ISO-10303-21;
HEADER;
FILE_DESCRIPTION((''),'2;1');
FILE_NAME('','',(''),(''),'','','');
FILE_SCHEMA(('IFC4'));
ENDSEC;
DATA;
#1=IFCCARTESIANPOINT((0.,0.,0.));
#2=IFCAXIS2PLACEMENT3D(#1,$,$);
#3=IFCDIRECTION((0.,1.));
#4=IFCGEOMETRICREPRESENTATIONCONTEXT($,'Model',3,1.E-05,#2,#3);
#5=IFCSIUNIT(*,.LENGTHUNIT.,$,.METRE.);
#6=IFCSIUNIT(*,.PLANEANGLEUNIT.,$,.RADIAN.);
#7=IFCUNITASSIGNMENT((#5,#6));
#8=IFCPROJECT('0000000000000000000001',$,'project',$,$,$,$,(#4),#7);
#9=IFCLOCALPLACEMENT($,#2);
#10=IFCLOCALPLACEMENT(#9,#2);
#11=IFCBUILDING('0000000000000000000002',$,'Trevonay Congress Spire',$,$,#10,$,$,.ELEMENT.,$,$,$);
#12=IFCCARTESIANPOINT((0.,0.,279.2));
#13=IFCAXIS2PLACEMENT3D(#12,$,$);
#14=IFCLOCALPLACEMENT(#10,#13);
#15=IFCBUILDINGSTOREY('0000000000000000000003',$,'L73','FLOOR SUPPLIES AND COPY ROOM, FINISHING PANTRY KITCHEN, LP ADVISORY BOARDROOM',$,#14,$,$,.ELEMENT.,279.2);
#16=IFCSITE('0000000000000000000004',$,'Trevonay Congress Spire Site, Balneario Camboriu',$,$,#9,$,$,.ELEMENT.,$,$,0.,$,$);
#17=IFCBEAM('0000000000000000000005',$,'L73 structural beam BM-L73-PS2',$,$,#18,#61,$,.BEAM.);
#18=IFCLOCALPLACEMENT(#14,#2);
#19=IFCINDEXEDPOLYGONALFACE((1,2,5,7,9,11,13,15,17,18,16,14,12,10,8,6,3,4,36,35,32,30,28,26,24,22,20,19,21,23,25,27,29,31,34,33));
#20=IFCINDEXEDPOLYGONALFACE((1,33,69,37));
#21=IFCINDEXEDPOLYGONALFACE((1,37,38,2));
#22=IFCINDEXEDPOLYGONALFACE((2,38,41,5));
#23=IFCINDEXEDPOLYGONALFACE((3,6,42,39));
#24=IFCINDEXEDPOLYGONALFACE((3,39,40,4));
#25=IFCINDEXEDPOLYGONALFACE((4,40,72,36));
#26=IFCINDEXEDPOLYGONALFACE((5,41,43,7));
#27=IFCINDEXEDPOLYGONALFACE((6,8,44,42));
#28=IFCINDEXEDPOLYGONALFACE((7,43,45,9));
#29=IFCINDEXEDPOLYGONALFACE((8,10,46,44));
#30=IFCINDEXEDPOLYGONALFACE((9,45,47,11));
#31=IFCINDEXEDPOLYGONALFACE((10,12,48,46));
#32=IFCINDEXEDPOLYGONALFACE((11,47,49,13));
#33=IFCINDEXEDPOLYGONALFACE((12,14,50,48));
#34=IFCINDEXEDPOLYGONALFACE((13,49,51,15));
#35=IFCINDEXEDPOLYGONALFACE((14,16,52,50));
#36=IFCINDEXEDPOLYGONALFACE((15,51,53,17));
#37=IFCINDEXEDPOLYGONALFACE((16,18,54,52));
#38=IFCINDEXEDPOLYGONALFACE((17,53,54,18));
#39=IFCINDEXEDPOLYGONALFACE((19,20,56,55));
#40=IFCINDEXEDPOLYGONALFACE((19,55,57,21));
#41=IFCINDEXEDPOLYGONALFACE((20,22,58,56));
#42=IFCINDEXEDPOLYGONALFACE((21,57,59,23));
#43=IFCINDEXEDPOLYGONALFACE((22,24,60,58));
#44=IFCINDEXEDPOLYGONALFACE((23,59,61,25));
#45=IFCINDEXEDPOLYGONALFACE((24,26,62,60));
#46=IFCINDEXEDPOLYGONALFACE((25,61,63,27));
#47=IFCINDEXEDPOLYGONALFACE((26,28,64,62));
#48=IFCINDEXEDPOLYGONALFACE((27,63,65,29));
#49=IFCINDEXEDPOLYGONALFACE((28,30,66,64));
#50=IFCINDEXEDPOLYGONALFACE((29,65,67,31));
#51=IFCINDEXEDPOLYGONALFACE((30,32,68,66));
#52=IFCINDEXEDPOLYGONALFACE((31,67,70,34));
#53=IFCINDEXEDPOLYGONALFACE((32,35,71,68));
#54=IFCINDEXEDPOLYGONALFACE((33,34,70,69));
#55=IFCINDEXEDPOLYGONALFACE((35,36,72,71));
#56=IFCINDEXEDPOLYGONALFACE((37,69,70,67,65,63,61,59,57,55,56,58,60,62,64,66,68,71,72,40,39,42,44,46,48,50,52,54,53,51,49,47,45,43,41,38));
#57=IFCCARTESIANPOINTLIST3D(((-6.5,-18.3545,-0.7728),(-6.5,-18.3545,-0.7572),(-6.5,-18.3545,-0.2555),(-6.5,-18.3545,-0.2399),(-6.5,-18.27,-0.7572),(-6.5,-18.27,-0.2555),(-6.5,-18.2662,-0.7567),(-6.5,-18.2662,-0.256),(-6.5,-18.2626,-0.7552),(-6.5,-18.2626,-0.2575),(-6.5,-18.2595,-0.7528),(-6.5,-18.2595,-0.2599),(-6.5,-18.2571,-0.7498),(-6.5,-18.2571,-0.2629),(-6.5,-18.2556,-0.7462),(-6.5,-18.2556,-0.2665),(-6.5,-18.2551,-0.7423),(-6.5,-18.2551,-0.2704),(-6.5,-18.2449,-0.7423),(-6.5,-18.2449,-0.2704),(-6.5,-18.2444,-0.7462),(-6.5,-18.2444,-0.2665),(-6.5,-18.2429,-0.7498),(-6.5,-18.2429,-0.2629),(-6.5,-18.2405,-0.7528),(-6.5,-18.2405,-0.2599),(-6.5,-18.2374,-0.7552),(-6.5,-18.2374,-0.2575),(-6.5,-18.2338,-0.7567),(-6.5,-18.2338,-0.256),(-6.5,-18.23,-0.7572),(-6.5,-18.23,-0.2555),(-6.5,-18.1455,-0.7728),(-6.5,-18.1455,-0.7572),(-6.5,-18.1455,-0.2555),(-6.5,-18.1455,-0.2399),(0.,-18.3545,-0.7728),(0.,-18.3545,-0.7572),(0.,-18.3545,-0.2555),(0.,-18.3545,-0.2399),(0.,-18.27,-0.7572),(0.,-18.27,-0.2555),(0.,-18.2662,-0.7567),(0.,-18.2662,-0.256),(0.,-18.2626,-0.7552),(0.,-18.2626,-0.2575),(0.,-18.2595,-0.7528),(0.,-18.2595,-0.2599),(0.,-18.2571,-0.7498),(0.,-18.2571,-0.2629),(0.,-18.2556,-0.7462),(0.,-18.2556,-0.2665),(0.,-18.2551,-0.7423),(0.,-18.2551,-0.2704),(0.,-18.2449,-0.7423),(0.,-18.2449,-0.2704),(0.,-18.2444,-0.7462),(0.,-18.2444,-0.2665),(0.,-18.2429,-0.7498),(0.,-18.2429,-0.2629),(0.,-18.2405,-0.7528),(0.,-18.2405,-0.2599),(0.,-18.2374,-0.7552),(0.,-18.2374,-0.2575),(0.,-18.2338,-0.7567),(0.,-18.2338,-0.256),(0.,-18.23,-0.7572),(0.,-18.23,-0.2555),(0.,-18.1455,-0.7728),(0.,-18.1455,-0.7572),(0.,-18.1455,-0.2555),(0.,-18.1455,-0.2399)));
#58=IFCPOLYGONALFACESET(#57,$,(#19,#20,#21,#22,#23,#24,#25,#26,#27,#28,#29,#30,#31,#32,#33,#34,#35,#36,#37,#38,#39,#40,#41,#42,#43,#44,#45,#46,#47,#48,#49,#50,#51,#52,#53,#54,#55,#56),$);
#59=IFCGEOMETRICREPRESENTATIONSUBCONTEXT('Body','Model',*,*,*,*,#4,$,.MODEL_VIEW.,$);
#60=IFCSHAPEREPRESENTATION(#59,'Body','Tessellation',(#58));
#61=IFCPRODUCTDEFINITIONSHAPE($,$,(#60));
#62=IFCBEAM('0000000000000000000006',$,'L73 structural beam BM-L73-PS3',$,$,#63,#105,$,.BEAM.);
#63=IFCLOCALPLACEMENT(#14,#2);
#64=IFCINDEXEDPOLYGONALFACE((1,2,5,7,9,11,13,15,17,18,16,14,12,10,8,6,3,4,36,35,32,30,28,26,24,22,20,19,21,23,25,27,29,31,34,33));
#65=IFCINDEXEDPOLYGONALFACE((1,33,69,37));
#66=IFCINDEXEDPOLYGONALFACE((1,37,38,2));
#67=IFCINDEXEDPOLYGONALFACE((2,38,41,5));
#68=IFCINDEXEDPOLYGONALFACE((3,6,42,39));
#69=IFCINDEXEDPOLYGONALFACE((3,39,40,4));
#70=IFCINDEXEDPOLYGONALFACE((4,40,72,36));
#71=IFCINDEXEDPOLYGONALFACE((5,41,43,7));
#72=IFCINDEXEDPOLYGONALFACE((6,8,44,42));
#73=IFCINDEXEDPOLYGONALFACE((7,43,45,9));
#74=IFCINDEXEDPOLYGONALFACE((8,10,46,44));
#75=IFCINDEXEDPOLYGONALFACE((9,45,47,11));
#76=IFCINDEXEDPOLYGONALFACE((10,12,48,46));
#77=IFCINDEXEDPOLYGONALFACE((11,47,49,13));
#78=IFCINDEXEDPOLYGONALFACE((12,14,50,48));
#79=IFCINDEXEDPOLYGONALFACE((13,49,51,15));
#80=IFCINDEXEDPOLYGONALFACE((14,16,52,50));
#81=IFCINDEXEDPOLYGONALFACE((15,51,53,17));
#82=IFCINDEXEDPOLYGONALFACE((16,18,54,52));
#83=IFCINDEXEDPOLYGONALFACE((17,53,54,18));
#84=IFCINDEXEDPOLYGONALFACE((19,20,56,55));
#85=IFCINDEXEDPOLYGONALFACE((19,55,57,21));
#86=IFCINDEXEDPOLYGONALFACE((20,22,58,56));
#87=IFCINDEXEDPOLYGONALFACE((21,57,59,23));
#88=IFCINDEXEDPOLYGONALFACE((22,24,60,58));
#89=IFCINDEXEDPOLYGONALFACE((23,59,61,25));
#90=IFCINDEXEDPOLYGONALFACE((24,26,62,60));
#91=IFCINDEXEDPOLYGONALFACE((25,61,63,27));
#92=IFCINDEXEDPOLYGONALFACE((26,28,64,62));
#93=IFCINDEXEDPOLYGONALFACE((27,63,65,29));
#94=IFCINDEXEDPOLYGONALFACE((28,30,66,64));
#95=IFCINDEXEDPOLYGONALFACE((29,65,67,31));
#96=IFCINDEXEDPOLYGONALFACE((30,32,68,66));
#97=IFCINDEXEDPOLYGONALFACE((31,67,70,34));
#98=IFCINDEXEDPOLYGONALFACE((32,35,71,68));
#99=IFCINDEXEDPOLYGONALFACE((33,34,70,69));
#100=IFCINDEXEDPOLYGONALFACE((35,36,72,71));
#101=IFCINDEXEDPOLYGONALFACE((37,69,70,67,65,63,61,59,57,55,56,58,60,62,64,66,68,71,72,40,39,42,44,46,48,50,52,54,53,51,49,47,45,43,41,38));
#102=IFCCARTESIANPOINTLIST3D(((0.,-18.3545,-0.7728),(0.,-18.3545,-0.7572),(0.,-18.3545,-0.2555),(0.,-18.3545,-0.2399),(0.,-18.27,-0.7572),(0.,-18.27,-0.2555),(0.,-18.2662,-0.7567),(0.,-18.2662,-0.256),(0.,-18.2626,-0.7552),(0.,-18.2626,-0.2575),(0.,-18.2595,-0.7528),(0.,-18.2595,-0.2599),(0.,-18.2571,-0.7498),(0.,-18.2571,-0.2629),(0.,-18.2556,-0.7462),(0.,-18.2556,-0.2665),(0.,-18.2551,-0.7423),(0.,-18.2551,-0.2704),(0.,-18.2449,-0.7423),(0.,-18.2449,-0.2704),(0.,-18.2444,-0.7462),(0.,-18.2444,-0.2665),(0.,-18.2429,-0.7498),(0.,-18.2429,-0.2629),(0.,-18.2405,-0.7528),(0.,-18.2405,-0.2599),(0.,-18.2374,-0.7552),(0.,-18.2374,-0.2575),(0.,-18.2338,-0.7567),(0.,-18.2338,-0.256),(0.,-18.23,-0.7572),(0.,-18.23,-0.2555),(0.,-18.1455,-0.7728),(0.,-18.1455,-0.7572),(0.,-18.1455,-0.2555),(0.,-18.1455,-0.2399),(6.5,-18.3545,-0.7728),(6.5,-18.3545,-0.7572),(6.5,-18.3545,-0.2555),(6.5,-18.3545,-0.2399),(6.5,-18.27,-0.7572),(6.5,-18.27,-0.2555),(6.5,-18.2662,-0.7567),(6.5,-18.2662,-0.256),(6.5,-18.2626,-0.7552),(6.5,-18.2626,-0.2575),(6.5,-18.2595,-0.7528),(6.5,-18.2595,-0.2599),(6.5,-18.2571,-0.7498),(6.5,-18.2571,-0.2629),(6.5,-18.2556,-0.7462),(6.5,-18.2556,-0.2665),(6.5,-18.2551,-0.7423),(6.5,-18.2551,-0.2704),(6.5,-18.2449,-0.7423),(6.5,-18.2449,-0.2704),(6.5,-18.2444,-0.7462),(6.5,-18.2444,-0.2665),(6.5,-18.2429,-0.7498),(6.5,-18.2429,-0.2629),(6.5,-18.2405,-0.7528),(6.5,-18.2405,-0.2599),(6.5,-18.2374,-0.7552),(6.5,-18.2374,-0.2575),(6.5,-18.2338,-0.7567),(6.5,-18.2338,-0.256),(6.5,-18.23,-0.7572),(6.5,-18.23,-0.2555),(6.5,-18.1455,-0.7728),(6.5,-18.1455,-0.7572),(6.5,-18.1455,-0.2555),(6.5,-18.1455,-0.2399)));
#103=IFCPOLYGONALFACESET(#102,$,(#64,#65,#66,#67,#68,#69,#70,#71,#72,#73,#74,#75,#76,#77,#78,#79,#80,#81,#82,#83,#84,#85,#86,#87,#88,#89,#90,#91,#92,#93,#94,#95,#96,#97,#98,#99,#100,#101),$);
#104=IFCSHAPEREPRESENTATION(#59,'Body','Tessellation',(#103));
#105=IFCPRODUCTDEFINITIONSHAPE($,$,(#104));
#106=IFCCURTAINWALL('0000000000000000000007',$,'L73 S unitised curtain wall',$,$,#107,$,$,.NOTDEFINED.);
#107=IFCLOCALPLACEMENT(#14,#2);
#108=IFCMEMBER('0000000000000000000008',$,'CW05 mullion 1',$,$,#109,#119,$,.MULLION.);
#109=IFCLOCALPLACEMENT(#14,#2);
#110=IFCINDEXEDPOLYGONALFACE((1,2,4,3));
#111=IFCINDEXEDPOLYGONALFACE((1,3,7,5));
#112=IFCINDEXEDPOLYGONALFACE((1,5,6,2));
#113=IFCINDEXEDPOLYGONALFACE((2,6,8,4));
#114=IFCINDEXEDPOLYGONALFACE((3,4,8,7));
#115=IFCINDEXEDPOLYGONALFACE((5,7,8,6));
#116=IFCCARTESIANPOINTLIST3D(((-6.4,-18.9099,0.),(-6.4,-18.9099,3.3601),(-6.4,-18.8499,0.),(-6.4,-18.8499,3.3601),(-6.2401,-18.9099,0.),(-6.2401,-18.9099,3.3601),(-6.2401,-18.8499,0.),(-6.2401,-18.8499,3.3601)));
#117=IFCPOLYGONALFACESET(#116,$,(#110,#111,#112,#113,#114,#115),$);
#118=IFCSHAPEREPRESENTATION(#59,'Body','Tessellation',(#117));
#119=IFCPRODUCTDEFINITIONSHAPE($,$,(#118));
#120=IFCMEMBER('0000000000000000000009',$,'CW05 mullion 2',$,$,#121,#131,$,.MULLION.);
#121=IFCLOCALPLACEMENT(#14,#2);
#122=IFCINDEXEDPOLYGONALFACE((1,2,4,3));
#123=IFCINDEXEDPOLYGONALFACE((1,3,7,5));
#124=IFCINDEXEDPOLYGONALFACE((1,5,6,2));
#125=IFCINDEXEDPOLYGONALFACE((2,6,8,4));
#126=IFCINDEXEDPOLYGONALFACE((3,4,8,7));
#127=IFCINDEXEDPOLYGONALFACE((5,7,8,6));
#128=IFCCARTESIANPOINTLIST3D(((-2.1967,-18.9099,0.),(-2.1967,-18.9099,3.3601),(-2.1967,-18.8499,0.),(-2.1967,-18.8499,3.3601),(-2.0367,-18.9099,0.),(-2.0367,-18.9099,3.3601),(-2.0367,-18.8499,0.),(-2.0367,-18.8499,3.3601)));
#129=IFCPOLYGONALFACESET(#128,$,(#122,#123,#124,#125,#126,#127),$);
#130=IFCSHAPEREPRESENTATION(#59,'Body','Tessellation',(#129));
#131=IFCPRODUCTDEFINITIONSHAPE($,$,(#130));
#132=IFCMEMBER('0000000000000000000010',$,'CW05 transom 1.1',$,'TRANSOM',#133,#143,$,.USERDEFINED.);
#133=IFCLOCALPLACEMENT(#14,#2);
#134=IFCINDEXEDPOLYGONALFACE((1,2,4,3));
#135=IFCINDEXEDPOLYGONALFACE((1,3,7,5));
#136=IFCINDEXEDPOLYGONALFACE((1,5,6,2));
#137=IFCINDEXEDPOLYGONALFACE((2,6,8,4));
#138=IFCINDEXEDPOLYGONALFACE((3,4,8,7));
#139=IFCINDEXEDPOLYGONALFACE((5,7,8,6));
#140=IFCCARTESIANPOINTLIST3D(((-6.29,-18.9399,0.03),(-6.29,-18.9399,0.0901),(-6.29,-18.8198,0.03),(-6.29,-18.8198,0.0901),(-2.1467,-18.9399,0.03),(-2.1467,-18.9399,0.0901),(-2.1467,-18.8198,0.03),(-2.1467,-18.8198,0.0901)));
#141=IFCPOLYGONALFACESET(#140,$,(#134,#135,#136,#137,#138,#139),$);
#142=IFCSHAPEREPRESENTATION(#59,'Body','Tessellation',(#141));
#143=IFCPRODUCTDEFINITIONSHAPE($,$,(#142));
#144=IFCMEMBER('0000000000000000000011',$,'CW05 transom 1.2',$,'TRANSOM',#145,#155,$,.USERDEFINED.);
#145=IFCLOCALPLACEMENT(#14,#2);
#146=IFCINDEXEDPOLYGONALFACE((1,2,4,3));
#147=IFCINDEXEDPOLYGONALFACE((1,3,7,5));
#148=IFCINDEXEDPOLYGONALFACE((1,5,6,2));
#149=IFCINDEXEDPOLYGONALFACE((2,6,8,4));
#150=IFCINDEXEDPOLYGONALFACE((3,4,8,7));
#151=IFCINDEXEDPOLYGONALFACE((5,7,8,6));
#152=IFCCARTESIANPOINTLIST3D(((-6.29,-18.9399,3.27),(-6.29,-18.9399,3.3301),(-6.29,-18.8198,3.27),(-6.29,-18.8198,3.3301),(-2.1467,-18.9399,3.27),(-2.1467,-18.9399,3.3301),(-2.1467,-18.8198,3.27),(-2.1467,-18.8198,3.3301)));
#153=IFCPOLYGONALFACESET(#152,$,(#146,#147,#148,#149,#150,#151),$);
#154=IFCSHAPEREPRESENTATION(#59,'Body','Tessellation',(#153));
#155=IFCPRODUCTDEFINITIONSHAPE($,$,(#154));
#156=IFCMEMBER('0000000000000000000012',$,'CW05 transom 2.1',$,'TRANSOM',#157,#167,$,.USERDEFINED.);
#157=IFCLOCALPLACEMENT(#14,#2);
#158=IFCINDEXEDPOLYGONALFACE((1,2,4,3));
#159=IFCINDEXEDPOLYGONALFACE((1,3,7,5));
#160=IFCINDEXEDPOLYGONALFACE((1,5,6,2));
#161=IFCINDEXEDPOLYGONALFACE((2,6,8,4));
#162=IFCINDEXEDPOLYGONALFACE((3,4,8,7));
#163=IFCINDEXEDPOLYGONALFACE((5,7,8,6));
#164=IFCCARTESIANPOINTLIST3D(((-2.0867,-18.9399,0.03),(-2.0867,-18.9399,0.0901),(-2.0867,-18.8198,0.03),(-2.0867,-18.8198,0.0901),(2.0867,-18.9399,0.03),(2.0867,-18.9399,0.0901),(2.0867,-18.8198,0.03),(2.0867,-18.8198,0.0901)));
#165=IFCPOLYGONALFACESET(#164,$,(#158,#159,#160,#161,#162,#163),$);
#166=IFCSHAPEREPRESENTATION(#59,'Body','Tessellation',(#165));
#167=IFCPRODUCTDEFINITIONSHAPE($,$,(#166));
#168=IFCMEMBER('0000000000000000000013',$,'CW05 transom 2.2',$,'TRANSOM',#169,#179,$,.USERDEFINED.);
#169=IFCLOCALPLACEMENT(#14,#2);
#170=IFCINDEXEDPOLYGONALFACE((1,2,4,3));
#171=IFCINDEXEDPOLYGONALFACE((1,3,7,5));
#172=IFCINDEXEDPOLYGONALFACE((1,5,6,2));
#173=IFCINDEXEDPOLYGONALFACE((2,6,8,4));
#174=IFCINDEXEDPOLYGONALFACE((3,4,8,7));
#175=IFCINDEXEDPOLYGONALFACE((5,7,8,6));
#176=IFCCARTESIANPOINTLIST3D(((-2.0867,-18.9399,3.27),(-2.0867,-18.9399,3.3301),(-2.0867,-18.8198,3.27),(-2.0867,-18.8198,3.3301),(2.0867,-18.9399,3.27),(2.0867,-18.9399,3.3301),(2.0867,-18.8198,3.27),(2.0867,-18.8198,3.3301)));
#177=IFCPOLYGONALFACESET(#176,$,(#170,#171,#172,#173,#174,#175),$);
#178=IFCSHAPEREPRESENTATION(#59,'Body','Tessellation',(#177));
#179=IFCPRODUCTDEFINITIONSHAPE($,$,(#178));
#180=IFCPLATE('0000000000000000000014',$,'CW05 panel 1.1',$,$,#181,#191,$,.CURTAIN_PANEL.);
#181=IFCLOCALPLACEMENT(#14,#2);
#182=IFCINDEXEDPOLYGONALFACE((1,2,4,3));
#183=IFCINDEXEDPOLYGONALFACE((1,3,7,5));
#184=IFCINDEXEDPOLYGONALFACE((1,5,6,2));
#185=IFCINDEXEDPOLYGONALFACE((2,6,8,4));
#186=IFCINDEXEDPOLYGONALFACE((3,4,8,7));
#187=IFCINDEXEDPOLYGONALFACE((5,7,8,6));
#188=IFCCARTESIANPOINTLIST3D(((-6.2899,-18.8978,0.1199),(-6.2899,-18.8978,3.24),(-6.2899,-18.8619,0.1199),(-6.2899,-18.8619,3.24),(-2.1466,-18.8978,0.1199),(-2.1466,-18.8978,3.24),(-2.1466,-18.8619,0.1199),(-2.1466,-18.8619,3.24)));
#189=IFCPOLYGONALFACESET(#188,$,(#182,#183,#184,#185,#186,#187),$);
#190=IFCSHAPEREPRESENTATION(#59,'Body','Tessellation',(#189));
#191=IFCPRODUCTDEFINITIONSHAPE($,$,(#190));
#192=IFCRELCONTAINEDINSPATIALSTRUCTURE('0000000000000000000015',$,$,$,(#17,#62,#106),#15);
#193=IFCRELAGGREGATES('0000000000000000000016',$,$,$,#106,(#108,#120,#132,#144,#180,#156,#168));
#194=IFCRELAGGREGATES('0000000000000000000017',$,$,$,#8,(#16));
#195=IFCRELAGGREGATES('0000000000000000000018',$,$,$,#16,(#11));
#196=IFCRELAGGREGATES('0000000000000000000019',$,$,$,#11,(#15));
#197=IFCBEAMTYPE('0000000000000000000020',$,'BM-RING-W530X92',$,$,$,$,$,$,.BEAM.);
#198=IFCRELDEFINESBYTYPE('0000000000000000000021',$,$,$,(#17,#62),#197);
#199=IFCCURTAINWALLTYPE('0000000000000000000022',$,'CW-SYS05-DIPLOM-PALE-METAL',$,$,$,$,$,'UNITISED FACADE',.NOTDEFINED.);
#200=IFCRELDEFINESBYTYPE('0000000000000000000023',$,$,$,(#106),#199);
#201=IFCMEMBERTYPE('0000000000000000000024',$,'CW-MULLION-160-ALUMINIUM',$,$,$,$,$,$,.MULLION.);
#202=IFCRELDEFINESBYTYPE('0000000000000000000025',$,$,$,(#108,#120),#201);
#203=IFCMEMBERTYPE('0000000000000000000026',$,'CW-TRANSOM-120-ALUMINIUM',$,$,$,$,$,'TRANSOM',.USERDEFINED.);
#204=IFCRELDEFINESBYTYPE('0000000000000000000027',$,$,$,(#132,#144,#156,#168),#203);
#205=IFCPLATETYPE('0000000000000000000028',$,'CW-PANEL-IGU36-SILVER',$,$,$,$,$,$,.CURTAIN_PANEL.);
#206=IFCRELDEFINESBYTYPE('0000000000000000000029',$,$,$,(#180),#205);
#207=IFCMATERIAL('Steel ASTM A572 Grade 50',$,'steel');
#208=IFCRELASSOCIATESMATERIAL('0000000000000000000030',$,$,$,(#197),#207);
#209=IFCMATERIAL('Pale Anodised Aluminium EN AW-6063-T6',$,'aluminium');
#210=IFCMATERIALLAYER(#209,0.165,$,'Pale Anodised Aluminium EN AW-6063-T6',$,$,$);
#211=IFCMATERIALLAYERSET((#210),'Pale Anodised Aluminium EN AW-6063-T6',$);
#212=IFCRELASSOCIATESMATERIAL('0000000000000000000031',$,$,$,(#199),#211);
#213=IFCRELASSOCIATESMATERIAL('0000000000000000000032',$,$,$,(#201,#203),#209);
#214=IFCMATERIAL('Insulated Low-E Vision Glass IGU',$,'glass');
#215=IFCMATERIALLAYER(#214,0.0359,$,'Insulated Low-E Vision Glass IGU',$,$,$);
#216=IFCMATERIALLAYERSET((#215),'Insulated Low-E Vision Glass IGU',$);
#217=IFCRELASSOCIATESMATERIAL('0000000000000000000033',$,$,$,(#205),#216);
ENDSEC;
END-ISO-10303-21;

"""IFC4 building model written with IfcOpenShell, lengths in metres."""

from ifc_helpers import new_model, si_unit, direction, frame, origin, origin_2d, place, context, subcontext, project, spatial, rectangle, i_section, extrude, material, layer, layer_set, material_profile, profile_set, type_object, element, aggregate, save


model = new_model("IFC4")

# Units and contexts
model_context = context("Model", 3, precision=1e-05, world=origin(), true_north=direction((0.0, 1.0)))
body_context = subcontext(model_context, "Body", "Model", "MODEL_VIEW")
ifc_project = project(units=[si_unit("LENGTHUNIT", "METRE"), si_unit("PLANEANGLEUNIT", "RADIAN")], contexts=[model_context])

# Site, building, storey
site_placement = place(None, origin())
site = spatial("IfcSite", under=ifc_project, at=site_placement, Name="Trevonay Congress Spire Site, Balneario Camboriu", CompositionType="ELEMENT", RefElevation=0.0)
building_placement = place(site_placement, origin())
building = spatial("IfcBuilding", under=site, at=building_placement, Name="Trevonay Congress Spire", CompositionType="ELEMENT")
storey_placement = place(building_placement, frame((0.0, 0.0, 279.2)))
storey = spatial("IfcBuildingStorey", under=building, at=storey_placement, Name="L73", Description="FLOOR SUPPLIES AND COPY ROOM, FINISHING PANTRY KITCHEN, LP ADVISORY BOARDROOM", CompositionType="ELEMENT", Elevation=279.2)

# Shared definitions
ifc_material_1 = material(Name="Steel ASTM A572 Grade 50", Category="steel")

# Beams
ifc_material_profile_1 = material_profile(ifc_material_1, i_section(OverallWidth=0.209, OverallDepth=0.533, WebThickness=0.0103, FlangeThickness=0.0156, FilletRadius=0.0149, at=origin_2d()), Name="W530x92")
ifc_profile_set_1 = profile_set([ifc_material_profile_1], Name="Steel ASTM A572 Grade 50")
beam_type_1 = type_object("IfcBeamType", Name="BM-RING-W530X92", PredefinedType="BEAM", material=ifc_profile_set_1)
for number, where, z_axis, x_axis, name in (
    (1, (-6.5, -18.25, -0.5063), (1.0, 0.0, 0.0), (0.0, 1.0, 0.0), "L73 structural beam BM-L73-PS2"),
    (2, (0.0, -18.25, -0.5063), (1.0, 0.0, 0.0), (0.0, 1.0, 0.0), "L73 structural beam BM-L73-PS3"),
):
    element("IfcBeam", number, at=place(storey_placement, frame(where, z_axis=z_axis, x_axis=x_axis)), inside=storey, type_object=beam_type_1, Name=name, PredefinedType="BEAM", context=body_context, shape_type="SweptSolid", body=[
        extrude(i_section(OverallWidth=0.209, OverallDepth=0.533, WebThickness=0.0103, FlangeThickness=0.0156, FilletRadius=0.0149, at=origin_2d()), origin(), (0.0, 0.0, 1.0), 6.5),
    ])

# Curtain wall, members, plate
ifc_material_2 = material(Name="Pale Anodised Aluminium EN AW-6063-T6", Category="aluminium")
ifc_layer_1 = layer(ifc_material_2, 0.165, Name="Pale Anodised Aluminium EN AW-6063-T6")
ifc_layer_set_1 = layer_set([ifc_layer_1], Name="Pale Anodised Aluminium EN AW-6063-T6")
curtain_wall_type = type_object("IfcCurtainWallType", Name="CW-SYS05-DIPLOM-PALE-METAL", ElementType="UNITISED FACADE", PredefinedType="NOTDEFINED", material=ifc_layer_set_1)
curtain_wall_placement = place(storey_placement, origin())
curtain_wall = element("IfcCurtainWall", 3, at=curtain_wall_placement, inside=storey, type_object=curtain_wall_type, Name="L73 S unitised curtain wall", PredefinedType="NOTDEFINED")
ifc_material_profile_2 = material_profile(ifc_material_2, rectangle(XDim=0.0601, YDim=0.1599, at=origin_2d()), Name="CW-MULLION-160-ALUMINIUM")
ifc_profile_set_2 = profile_set([ifc_material_profile_2], Name="Pale Anodised Aluminium EN AW-6063-T6")
member_type_1 = type_object("IfcMemberType", Name="CW-MULLION-160-ALUMINIUM", PredefinedType="MULLION", material=ifc_profile_set_2)
member_1_placement = place(storey_placement, frame((-6.3201, -18.8799, 0.0), z_axis=(0.0, 0.0, 1.0), x_axis=(0.0, 1.0, 0.0)))
member_1 = element("IfcMember", 4, at=member_1_placement, type_object=member_type_1, Name="CW05 mullion 1", PredefinedType="MULLION", context=body_context, shape_type="SweptSolid", body=[
    extrude(rectangle(XDim=0.0601, YDim=0.1599, at=origin_2d()), origin(), (0.0, 0.0, 1.0), 3.3601),
])
member_2_placement = place(storey_placement, frame((-2.1167, -18.8799, 0.0), z_axis=(0.0, 0.0, 1.0), x_axis=(0.0, 1.0, 0.0)))
member_2 = element("IfcMember", 5, at=member_2_placement, type_object=member_type_1, Name="CW05 mullion 2", PredefinedType="MULLION", context=body_context, shape_type="SweptSolid", body=[
    extrude(rectangle(XDim=0.0601, YDim=0.1599, at=origin_2d()), origin(), (0.0, 0.0, 1.0), 3.3601),
])
ifc_material_profile_3 = material_profile(ifc_material_2, rectangle(XDim=0.1201, YDim=0.0601, at=origin_2d()), Name="CW-TRANSOM-120-ALUMINIUM")
ifc_profile_set_3 = profile_set([ifc_material_profile_3], Name="Pale Anodised Aluminium EN AW-6063-T6")
member_type_2 = type_object("IfcMemberType", Name="CW-TRANSOM-120-ALUMINIUM", ElementType="TRANSOM", PredefinedType="USERDEFINED", material=ifc_profile_set_3)
member_3_placement = place(storey_placement, frame((-6.29, -18.8799, 0.0601), z_axis=(1.0, 0.0, 0.0), x_axis=(0.0, 1.0, 0.0)))
member_3 = element("IfcMember", 6, at=member_3_placement, type_object=member_type_2, Name="CW05 transom 1.1", ObjectType="TRANSOM", PredefinedType="USERDEFINED", context=body_context, shape_type="SweptSolid", body=[
    extrude(rectangle(XDim=0.1201, YDim=0.0601, at=origin_2d()), origin(), (0.0, 0.0, 1.0), 4.1433),
])
member_4_placement = place(storey_placement, frame((-6.29, -18.8799, 3.3), z_axis=(1.0, 0.0, 0.0), x_axis=(0.0, 1.0, 0.0)))
member_4 = element("IfcMember", 7, at=member_4_placement, type_object=member_type_2, Name="CW05 transom 1.2", ObjectType="TRANSOM", PredefinedType="USERDEFINED", context=body_context, shape_type="SweptSolid", body=[
    extrude(rectangle(XDim=0.1201, YDim=0.0601, at=origin_2d()), origin(), (0.0, 0.0, 1.0), 4.1433),
])
member_5_placement = place(storey_placement, frame((-2.0867, -18.8799, 0.0601), z_axis=(1.0, 0.0, 0.0), x_axis=(0.0, 1.0, 0.0)))
member_5 = element("IfcMember", 8, at=member_5_placement, type_object=member_type_2, Name="CW05 transom 2.1", ObjectType="TRANSOM", PredefinedType="USERDEFINED", context=body_context, shape_type="SweptSolid", body=[
    extrude(rectangle(XDim=0.1201, YDim=0.0601, at=origin_2d()), origin(), (0.0, 0.0, 1.0), 4.1733),
])
member_6_placement = place(storey_placement, frame((-2.0867, -18.8799, 3.3), z_axis=(1.0, 0.0, 0.0), x_axis=(0.0, 1.0, 0.0)))
member_6 = element("IfcMember", 9, at=member_6_placement, type_object=member_type_2, Name="CW05 transom 2.2", ObjectType="TRANSOM", PredefinedType="USERDEFINED", context=body_context, shape_type="SweptSolid", body=[
    extrude(rectangle(XDim=0.1201, YDim=0.0601, at=origin_2d()), origin(), (0.0, 0.0, 1.0), 4.1733),
])
ifc_material_3 = material(Name="Insulated Low-E Vision Glass IGU", Category="glass")
ifc_layer_2 = layer(ifc_material_3, 0.0359, Name="Insulated Low-E Vision Glass IGU")
ifc_layer_set_2 = layer_set([ifc_layer_2], Name="Insulated Low-E Vision Glass IGU")
plate_type = type_object("IfcPlateType", Name="CW-PANEL-IGU36-SILVER", PredefinedType="CURTAIN_PANEL", material=ifc_layer_set_2)
plate_1_placement = place(storey_placement, frame((-4.2183, -18.8799, 0.1199), z_axis=(0.0, 0.0, 1.0), x_axis=(1.0, 0.0, 0.0)))
plate_1 = element("IfcPlate", 10, at=plate_1_placement, type_object=plate_type, Name="CW05 panel 1.1", PredefinedType="CURTAIN_PANEL", context=body_context, shape_type="SweptSolid", body=[
    extrude(rectangle(XDim=4.1433, YDim=0.0359, at=origin_2d()), origin(), (0.0, 0.0, 1.0), 3.1201),
])
aggregate(curtain_wall, [member_1, member_2, member_3, member_4, plate_1, member_5, member_6])

save(model, "model.ifc")
